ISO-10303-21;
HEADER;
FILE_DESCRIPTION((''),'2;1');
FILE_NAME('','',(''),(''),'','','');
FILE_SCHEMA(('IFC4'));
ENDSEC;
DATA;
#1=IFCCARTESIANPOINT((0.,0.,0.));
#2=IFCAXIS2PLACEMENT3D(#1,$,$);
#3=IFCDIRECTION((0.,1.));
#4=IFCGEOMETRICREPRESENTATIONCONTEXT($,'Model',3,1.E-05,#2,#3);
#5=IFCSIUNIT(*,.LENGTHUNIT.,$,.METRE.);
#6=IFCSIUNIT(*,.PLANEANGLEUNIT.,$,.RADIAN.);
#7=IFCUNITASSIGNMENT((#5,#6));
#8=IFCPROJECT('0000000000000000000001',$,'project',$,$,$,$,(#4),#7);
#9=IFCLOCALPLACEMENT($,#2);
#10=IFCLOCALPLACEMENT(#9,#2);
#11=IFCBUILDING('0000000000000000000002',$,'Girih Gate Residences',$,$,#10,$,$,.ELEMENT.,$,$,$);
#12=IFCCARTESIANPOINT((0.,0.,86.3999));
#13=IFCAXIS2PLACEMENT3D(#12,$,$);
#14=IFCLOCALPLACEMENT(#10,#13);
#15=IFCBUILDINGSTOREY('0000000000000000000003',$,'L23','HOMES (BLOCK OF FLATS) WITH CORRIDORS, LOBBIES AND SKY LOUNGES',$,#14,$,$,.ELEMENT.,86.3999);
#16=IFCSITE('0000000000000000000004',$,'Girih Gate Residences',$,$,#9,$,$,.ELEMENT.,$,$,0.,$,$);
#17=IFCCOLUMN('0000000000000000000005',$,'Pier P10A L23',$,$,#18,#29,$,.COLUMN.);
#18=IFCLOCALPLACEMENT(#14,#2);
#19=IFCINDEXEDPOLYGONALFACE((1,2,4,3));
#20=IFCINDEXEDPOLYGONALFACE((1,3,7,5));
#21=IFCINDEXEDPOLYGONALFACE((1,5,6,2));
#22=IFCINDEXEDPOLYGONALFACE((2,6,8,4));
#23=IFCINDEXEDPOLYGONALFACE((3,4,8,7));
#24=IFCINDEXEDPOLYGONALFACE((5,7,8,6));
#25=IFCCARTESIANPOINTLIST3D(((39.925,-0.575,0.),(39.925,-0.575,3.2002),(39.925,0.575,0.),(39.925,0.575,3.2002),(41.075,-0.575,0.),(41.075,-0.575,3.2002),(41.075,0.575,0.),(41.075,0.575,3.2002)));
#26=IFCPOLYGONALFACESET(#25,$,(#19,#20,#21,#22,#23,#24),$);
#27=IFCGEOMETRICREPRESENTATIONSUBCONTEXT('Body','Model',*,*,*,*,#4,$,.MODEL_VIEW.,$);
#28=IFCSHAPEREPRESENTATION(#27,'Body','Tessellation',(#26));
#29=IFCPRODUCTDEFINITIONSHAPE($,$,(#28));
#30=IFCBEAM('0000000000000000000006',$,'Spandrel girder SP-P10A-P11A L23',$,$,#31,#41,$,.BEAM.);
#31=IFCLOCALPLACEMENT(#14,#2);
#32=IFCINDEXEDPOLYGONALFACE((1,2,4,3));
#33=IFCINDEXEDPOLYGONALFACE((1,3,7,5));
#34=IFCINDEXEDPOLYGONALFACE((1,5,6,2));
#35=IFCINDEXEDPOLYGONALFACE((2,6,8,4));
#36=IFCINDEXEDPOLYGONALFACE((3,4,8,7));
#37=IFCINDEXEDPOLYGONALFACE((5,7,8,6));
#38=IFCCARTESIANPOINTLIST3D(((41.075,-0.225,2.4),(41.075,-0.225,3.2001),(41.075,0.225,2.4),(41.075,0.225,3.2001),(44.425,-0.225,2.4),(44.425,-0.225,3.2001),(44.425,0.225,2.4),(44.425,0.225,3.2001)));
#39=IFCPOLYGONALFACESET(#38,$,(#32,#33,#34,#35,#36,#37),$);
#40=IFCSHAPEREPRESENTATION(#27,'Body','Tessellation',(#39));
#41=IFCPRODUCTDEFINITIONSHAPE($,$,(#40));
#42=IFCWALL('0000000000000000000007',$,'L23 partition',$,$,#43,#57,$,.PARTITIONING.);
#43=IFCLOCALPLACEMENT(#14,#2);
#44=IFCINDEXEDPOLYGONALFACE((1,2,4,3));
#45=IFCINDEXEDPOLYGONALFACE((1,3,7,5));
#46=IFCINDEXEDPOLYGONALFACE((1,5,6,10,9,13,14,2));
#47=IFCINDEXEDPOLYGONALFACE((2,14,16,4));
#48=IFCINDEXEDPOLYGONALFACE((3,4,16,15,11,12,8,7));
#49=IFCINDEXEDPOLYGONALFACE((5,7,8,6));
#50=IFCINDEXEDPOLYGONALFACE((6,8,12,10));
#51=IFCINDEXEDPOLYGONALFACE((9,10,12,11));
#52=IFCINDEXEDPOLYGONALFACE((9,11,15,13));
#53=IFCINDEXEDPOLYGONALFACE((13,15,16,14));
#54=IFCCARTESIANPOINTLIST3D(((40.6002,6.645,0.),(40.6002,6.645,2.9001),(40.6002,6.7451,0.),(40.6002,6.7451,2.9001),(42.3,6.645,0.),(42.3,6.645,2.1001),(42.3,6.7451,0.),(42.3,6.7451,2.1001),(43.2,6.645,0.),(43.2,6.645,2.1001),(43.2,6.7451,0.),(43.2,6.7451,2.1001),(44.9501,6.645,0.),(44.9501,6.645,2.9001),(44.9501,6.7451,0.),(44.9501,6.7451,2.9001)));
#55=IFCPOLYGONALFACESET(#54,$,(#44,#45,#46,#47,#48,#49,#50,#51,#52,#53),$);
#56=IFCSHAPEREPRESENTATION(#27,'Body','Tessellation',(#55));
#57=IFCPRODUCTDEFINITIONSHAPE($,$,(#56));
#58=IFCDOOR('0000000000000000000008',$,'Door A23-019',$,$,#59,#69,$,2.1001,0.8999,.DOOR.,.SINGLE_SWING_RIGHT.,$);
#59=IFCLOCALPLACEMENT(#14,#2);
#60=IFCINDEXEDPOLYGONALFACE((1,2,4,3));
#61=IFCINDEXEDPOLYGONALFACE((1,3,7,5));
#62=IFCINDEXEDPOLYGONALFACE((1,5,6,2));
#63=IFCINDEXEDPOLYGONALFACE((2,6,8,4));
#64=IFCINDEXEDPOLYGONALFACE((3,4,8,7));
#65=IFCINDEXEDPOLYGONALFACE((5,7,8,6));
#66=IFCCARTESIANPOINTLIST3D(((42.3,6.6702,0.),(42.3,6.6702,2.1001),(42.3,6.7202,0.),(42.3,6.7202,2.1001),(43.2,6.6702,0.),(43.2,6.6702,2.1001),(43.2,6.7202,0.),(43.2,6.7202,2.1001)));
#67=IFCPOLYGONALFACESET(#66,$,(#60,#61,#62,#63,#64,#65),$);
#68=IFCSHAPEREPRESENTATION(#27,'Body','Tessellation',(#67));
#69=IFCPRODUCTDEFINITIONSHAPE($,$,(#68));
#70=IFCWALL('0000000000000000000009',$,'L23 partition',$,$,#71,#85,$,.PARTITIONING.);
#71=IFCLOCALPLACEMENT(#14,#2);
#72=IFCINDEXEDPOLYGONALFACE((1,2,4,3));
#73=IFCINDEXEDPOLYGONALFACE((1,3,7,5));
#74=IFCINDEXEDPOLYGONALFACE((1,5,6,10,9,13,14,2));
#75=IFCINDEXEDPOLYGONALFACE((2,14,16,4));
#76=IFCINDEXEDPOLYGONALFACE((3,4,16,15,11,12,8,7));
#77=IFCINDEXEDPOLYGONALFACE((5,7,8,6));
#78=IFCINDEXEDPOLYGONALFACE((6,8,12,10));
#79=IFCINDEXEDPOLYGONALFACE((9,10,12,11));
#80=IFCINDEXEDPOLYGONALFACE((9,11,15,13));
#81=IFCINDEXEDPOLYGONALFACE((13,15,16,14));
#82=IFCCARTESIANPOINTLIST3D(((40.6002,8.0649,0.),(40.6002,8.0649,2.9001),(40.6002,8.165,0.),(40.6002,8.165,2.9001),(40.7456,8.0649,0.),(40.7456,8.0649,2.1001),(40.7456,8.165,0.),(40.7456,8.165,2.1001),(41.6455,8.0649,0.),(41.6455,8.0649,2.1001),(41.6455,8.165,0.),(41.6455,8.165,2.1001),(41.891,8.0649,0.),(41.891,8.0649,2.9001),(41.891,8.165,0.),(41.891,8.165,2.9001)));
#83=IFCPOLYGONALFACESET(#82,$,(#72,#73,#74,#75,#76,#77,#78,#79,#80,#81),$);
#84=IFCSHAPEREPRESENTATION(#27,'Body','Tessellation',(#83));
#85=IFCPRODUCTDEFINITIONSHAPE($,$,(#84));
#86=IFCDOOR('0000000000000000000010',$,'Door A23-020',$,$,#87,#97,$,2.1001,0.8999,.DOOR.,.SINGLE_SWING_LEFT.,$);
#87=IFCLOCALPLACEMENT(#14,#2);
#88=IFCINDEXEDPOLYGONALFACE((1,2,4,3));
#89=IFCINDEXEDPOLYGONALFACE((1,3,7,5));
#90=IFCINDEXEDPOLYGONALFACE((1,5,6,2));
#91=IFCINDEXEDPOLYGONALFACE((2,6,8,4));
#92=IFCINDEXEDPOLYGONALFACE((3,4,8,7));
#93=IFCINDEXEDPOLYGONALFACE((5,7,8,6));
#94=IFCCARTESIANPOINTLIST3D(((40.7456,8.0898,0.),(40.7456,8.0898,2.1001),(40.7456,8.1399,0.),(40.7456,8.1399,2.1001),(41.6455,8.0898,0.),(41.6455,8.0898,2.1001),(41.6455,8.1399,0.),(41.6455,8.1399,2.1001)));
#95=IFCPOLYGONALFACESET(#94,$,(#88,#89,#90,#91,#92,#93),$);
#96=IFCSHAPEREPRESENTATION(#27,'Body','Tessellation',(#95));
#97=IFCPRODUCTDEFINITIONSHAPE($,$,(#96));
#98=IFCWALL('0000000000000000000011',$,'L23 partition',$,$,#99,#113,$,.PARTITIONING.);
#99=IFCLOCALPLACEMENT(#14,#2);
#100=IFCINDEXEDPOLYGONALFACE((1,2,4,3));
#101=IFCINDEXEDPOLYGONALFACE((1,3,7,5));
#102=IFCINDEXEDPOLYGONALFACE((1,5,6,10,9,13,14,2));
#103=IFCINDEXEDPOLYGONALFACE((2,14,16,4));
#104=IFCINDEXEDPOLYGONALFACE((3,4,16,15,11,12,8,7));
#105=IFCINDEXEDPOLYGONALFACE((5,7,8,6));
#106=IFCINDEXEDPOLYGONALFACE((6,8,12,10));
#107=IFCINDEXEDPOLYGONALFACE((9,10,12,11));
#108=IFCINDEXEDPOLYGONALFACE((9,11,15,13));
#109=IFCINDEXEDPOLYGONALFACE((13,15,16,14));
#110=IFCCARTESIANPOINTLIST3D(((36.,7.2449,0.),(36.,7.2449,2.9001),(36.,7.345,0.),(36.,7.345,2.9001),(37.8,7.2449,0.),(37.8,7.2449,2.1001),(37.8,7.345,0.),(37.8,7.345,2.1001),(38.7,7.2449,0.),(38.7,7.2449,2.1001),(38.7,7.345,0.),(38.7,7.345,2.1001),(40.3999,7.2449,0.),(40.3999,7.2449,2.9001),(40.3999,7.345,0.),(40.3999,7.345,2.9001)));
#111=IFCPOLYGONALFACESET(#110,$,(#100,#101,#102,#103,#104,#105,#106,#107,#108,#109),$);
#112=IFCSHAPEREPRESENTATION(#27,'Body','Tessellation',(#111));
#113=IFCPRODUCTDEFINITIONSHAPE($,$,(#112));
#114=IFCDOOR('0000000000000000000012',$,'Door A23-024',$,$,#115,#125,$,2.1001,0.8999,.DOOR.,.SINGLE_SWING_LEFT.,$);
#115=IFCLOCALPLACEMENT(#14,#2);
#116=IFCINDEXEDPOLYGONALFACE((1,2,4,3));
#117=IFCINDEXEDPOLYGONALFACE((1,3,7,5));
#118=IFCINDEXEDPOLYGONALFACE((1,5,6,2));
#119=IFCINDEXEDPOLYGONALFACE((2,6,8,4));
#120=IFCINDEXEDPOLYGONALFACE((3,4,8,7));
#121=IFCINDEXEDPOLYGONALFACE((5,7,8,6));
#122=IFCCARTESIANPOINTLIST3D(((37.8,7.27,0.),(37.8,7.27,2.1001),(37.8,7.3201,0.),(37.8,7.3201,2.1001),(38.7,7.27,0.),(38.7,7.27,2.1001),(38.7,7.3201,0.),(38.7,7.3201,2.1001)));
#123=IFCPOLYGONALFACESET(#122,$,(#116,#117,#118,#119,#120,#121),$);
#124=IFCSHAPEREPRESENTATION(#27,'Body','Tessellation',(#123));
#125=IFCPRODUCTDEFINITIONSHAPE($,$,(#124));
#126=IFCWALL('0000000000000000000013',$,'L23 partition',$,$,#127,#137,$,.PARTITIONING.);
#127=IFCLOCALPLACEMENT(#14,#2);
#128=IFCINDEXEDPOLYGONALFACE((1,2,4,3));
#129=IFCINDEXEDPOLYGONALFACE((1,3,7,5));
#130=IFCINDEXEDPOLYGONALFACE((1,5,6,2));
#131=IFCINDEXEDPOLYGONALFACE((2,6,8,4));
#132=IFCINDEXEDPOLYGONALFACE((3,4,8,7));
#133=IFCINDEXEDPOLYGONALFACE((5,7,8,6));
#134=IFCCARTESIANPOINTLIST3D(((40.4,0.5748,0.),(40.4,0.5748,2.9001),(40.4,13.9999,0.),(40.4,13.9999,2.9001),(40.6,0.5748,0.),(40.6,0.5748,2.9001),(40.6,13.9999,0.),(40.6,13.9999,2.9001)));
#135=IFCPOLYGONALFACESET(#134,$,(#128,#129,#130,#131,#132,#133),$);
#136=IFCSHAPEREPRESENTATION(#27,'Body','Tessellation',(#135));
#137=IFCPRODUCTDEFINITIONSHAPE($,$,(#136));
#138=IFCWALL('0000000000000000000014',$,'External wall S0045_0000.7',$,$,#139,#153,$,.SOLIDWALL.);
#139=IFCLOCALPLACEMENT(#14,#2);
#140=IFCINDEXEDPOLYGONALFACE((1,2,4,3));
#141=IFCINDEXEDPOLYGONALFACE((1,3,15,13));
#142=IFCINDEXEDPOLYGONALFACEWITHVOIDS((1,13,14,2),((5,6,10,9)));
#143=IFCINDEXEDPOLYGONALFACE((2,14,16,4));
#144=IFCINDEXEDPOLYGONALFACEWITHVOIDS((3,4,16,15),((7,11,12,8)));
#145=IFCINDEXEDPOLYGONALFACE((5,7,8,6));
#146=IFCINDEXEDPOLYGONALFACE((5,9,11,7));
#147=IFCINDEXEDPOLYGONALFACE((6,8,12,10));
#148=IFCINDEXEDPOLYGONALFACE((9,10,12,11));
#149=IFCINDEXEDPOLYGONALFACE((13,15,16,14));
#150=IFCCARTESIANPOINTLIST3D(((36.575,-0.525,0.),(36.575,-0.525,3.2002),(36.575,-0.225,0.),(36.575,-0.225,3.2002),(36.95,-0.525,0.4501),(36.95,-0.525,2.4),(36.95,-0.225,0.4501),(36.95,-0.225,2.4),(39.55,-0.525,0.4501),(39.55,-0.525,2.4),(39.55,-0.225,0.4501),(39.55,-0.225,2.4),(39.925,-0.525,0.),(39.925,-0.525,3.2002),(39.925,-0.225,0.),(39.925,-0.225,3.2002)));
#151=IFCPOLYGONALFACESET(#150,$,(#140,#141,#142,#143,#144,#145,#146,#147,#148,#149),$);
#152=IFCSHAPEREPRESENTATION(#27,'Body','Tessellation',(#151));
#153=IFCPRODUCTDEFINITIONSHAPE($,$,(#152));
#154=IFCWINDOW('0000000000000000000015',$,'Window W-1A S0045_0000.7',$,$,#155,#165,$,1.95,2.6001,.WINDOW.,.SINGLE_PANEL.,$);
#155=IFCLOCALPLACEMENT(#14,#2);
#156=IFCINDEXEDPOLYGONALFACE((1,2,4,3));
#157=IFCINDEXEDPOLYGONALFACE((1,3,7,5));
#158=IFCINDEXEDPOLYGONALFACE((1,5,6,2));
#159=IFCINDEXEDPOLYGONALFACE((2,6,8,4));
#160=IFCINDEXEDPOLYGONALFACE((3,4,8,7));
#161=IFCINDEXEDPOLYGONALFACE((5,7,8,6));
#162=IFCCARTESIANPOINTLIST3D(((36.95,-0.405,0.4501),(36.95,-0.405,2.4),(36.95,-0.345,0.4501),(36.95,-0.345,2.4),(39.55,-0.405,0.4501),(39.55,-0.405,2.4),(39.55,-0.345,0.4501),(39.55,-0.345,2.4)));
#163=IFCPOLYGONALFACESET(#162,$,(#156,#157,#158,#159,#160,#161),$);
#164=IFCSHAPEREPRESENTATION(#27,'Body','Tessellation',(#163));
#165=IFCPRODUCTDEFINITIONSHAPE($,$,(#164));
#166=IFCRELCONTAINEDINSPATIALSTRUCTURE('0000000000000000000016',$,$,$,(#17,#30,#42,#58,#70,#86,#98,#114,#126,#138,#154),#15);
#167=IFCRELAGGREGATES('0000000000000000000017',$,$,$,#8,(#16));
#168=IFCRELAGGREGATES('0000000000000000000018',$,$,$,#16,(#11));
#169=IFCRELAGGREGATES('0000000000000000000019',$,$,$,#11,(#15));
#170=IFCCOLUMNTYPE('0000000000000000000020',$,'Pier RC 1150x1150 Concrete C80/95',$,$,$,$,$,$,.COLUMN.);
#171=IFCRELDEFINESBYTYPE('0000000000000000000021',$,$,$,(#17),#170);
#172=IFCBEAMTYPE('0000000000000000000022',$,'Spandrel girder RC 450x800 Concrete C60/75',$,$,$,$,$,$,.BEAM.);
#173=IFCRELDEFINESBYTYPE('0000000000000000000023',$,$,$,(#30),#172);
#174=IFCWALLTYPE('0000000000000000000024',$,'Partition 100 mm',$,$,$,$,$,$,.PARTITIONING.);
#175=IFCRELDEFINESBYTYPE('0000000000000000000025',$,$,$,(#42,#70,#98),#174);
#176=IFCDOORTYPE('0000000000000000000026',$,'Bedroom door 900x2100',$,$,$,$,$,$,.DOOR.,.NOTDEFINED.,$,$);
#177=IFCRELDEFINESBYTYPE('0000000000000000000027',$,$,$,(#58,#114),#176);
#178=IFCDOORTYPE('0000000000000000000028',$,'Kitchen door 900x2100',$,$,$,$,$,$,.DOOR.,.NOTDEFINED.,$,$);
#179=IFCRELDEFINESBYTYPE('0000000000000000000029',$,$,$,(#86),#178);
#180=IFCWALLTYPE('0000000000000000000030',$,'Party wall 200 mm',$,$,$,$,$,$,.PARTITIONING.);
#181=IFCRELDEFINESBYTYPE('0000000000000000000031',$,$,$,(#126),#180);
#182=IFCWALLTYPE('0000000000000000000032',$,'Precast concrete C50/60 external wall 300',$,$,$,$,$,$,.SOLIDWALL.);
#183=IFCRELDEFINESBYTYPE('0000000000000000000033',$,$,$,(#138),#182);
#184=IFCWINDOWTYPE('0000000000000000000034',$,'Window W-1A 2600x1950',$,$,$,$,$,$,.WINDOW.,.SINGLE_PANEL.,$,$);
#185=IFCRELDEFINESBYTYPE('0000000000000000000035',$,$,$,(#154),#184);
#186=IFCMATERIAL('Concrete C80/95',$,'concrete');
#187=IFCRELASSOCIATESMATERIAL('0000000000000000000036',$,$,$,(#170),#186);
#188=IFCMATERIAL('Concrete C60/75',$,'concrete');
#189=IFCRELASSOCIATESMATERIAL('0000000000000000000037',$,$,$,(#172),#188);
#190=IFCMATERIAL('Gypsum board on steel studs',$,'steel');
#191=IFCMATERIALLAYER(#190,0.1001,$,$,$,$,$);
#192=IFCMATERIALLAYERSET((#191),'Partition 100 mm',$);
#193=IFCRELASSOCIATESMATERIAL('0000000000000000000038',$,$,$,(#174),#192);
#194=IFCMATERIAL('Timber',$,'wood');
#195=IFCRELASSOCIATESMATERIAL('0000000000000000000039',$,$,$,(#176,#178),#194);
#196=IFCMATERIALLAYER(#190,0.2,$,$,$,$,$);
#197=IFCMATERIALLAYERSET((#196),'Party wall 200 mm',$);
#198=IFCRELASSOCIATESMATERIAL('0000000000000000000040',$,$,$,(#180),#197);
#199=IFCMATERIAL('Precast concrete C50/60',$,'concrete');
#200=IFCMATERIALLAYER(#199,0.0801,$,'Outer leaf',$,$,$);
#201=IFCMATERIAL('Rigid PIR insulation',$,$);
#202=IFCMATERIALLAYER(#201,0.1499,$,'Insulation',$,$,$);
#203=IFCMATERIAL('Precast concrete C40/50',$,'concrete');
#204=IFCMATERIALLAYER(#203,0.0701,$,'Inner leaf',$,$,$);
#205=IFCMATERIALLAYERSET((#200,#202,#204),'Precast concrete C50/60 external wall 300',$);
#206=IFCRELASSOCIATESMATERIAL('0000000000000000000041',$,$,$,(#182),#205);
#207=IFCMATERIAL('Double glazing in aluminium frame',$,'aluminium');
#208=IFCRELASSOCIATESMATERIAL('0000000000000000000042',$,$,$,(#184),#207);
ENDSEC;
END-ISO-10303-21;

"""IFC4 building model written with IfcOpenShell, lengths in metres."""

from ifc_helpers import new_model, si_unit, direction, frame, frame_2d, origin, origin_2d, place, context, subcontext, project, spatial, rectangle, extrude, material, layer, layer_set, material_profile, profile_set, type_object, element, fill, save


model = new_model("IFC4")

# Units and contexts
model_context = context("Model", 3, precision=1e-05, world=origin(), true_north=direction((0.0, 1.0)))
body_context = subcontext(model_context, "Body", "Model", "MODEL_VIEW")
ifc_project = project(units=[si_unit("LENGTHUNIT", "METRE"), si_unit("PLANEANGLEUNIT", "RADIAN")], contexts=[model_context])

# Site, building, storey
site_placement = place(None, origin())
site = spatial("IfcSite", under=ifc_project, at=site_placement, Name="Girih Gate Residences", CompositionType="ELEMENT", RefElevation=0.0)
building_placement = place(site_placement, origin())
building = spatial("IfcBuilding", under=site, at=building_placement, Name="Girih Gate Residences", CompositionType="ELEMENT")
storey_placement = place(building_placement, frame((0.0, 0.0, 86.3999)))
storey = spatial("IfcBuildingStorey", under=building, at=storey_placement, Name="L23", Description="HOMES (BLOCK OF FLATS) WITH CORRIDORS, LOBBIES AND SKY LOUNGES", CompositionType="ELEMENT", Elevation=86.3999)

# Column
ifc_material_1 = material(Name="Concrete C80/95", Category="concrete")
ifc_material_profile_1 = material_profile(ifc_material_1, rectangle(XDim=1.1499, YDim=1.1499, at=origin_2d()))
ifc_profile_set_1 = profile_set([ifc_material_profile_1], Name="Concrete C80/95")
column_type = type_object("IfcColumnType", Name="Pier RC 1150x1150 Concrete C80/95", PredefinedType="COLUMN", material=ifc_profile_set_1)
column_placement = place(storey_placement, frame((40.5, 0.0, 0.0), z_axis=(0.0, 0.0, 1.0), x_axis=(1.0, 0.0, 0.0)))
element("IfcColumn", 1, at=column_placement, inside=storey, type_object=column_type, Name="Pier P10A L23", PredefinedType="COLUMN", context=body_context, shape_type="SweptSolid", body=[
    extrude(rectangle(XDim=1.1499, YDim=1.1499, at=origin_2d()), origin(), (0.0, 0.0, 1.0), 3.2002),
])

# Beam
ifc_material_2 = material(Name="Concrete C60/75", Category="concrete")
ifc_material_profile_2 = material_profile(ifc_material_2, rectangle(XDim=0.45, YDim=0.8, at=origin_2d()))
ifc_profile_set_2 = profile_set([ifc_material_profile_2], Name="Concrete C60/75")
beam_type = type_object("IfcBeamType", Name="Spandrel girder RC 450x800 Concrete C60/75", PredefinedType="BEAM", material=ifc_profile_set_2)
beam_placement = place(storey_placement, frame((41.075, 0.0, 2.8), z_axis=(1.0, 0.0, 0.0), x_axis=(0.0, 1.0, 0.0)))
element("IfcBeam", 2, at=beam_placement, inside=storey, type_object=beam_type, Name="Spandrel girder SP-P10A-P11A L23", PredefinedType="BEAM", context=body_context, shape_type="SweptSolid", body=[
    extrude(rectangle(XDim=0.45, YDim=0.8, at=origin_2d()), origin(), (0.0, 0.0, 1.0), 3.3501),
])

# Walls, openings, doors
ifc_material_3 = material(Name="Gypsum board on steel studs", Category="steel")
ifc_layer_1 = layer(ifc_material_3, 0.1001)
ifc_layer_set_1 = layer_set([ifc_layer_1], Name="Partition 100 mm")
wall_type_1 = type_object("IfcWallType", Name="Partition 100 mm", PredefinedType="PARTITIONING", material=ifc_layer_set_1)
wall_1_placement = place(storey_placement, frame((44.95, 6.6951, 0.0), z_axis=(0.0, 0.0, 1.0), x_axis=(-1.0, 0.0, 0.0)))
wall_1 = element("IfcWall", 3, at=wall_1_placement, inside=storey, type_object=wall_type_1, Name="L23 partition", PredefinedType="PARTITIONING", context=body_context, shape_type="SweptSolid", body=[
    extrude(rectangle(XDim=4.3499, YDim=0.1001, at=frame_2d((2.1748, 0.0))), origin(), (0.0, 0.0, 1.0), 2.9001),
])
opening_1_placement = place(wall_1_placement, frame((1.75, 0.0, 0.0)))
opening_1 = element("IfcOpeningElement", 4, at=opening_1_placement, cuts=wall_1, PredefinedType="OPENING", context=body_context, shape_type="SweptSolid", body=[
    extrude(rectangle(XDim=0.8999, YDim=2.1001, at=frame_2d((0.45, 1.05))), frame((0.0, 0.0601, 0.0), z_axis=(0.0, -1.0, 0.0), x_axis=(1.0, 0.0, 0.0)), (0.0, 0.0, 1.0), 0.1201),
])
ifc_material_4 = material(Name="Timber", Category="wood")
door_type_1 = type_object("IfcDoorType", Name="Bedroom door 900x2100", OperationType="NOTDEFINED", PredefinedType="DOOR", material=ifc_material_4)
door_1_placement = place(opening_1_placement, origin())
door_1 = element("IfcDoor", 5, at=door_1_placement, inside=storey, type_object=door_type_1, Name="Door A23-019", OperationType="SINGLE_SWING_RIGHT", OverallHeight=2.1001, OverallWidth=0.8999, PredefinedType="DOOR", context=body_context, shape_type="SweptSolid", body=[
    extrude(rectangle(XDim=0.8999, YDim=2.1001, at=frame_2d((0.45, 1.05))), frame((0.0, 0.0249, 0.0), z_axis=(0.0, -1.0, 0.0), x_axis=(1.0, 0.0, 0.0)), (0.0, 0.0, 1.0), 0.05),
])
fill(opening_1, door_1)
wall_2_placement = place(storey_placement, frame((40.6001, 8.115, 0.0), z_axis=(0.0, 0.0, 1.0), x_axis=(1.0, 0.0, 0.0)))
wall_2 = element("IfcWall", 6, at=wall_2_placement, inside=storey, type_object=wall_type_1, Name="L23 partition", PredefinedType="PARTITIONING", context=body_context, shape_type="SweptSolid", body=[
    extrude(rectangle(XDim=1.2908, YDim=0.1001, at=frame_2d((0.6455, 0.0))), origin(), (0.0, 0.0, 1.0), 2.9001),
])
opening_2_placement = place(wall_2_placement, frame((0.1455, 0.0, 0.0)))
opening_2 = element("IfcOpeningElement", 7, at=opening_2_placement, cuts=wall_2, PredefinedType="OPENING", context=body_context, shape_type="SweptSolid", body=[
    extrude(rectangle(XDim=0.8999, YDim=2.1001, at=frame_2d((0.45, 1.05))), frame((0.0, 0.0601, 0.0), z_axis=(0.0, -1.0, 0.0), x_axis=(1.0, 0.0, 0.0)), (0.0, 0.0, 1.0), 0.1201),
])
door_type_2 = type_object("IfcDoorType", Name="Kitchen door 900x2100", OperationType="NOTDEFINED", PredefinedType="DOOR", material=ifc_material_4)
door_2_placement = place(opening_2_placement, origin())
door_2 = element("IfcDoor", 8, at=door_2_placement, inside=storey, type_object=door_type_2, Name="Door A23-020", OperationType="SINGLE_SWING_LEFT", OverallHeight=2.1001, OverallWidth=0.8999, PredefinedType="DOOR", context=body_context, shape_type="SweptSolid", body=[
    extrude(rectangle(XDim=0.8999, YDim=2.1001, at=frame_2d((0.45, 1.05))), frame((0.0, 0.0249, 0.0), z_axis=(0.0, -1.0, 0.0), x_axis=(1.0, 0.0, 0.0)), (0.0, 0.0, 1.0), 0.05),
])
fill(opening_2, door_2)
wall_3_placement = place(storey_placement, frame((40.3999, 7.2949, 0.0), z_axis=(0.0, 0.0, 1.0), x_axis=(-1.0, 0.0, 0.0)))
wall_3 = element("IfcWall", 9, at=wall_3_placement, inside=storey, type_object=wall_type_1, Name="L23 partition", PredefinedType="PARTITIONING", context=body_context, shape_type="SweptSolid", body=[
    extrude(rectangle(XDim=4.3999, YDim=0.1001, at=frame_2d((2.2, 0.0))), origin(), (0.0, 0.0, 1.0), 2.9001),
])
opening_3_placement = place(wall_3_placement, frame((1.7, 0.0, 0.0)))
opening_3 = element("IfcOpeningElement", 10, at=opening_3_placement, cuts=wall_3, PredefinedType="OPENING", context=body_context, shape_type="SweptSolid", body=[
    extrude(rectangle(XDim=0.8999, YDim=2.1001, at=frame_2d((0.45, 1.05))), frame((0.0, 0.0601, 0.0), z_axis=(0.0, -1.0, 0.0), x_axis=(1.0, 0.0, 0.0)), (0.0, 0.0, 1.0), 0.1201),
])
door_3_placement = place(opening_3_placement, origin())
door_3 = element("IfcDoor", 11, at=door_3_placement, inside=storey, type_object=door_type_1, Name="Door A23-024", OperationType="SINGLE_SWING_LEFT", OverallHeight=2.1001, OverallWidth=0.8999, PredefinedType="DOOR", context=body_context, shape_type="SweptSolid", body=[
    extrude(rectangle(XDim=0.8999, YDim=2.1001, at=frame_2d((0.45, 1.05))), frame((0.0, 0.0249, 0.0), z_axis=(0.0, -1.0, 0.0), x_axis=(1.0, 0.0, 0.0)), (0.0, 0.0, 1.0), 0.05),
])
fill(opening_3, door_3)

# Wall
ifc_layer_2 = layer(ifc_material_3, 0.2)
ifc_layer_set_2 = layer_set([ifc_layer_2], Name="Party wall 200 mm")
wall_type_2 = type_object("IfcWallType", Name="Party wall 200 mm", PredefinedType="PARTITIONING", material=ifc_layer_set_2)
wall_4_placement = place(storey_placement, frame((40.5, 0.575, 0.0), z_axis=(0.0, 0.0, 1.0), x_axis=(0.0, 1.0, 0.0)))
element("IfcWall", 12, at=wall_4_placement, inside=storey, type_object=wall_type_2, Name="L23 partition", PredefinedType="PARTITIONING", context=body_context, shape_type="SweptSolid", body=[
    extrude(rectangle(XDim=13.425, YDim=0.2, at=frame_2d((6.7124, 0.0))), origin(), (0.0, 0.0, 1.0), 2.9001),
])

# Wall, opening, window
ifc_material_5 = material(Name="Precast concrete C50/60", Category="concrete")
ifc_layer_3 = layer(ifc_material_5, 0.0801, Name="Outer leaf")
ifc_material_6 = material(Name="Rigid PIR insulation")
ifc_layer_4 = layer(ifc_material_6, 0.1499, Name="Insulation")
ifc_material_7 = material(Name="Precast concrete C40/50", Category="concrete")
ifc_layer_5 = layer(ifc_material_7, 0.0701, Name="Inner leaf")
ifc_layer_set_3 = layer_set([ifc_layer_3, ifc_layer_4, ifc_layer_5], Name="Precast concrete C50/60 external wall 300")
wall_type_3 = type_object("IfcWallType", Name="Precast concrete C50/60 external wall 300", PredefinedType="SOLIDWALL", material=ifc_layer_set_3)
wall_5_placement = place(storey_placement, frame((39.925, -0.375, 0.0), z_axis=(0.0, 0.0, 1.0), x_axis=(-1.0, 0.0, 0.0)))
wall_5 = element("IfcWall", 13, at=wall_5_placement, inside=storey, type_object=wall_type_3, Name="External wall S0045_0000.7", PredefinedType="SOLIDWALL", context=body_context, shape_type="SweptSolid", body=[
    extrude(rectangle(XDim=3.3501, YDim=0.3, at=frame_2d((1.675, 0.0))), origin(), (0.0, 0.0, 1.0), 3.2002),
])
opening_4_placement = place(wall_5_placement, frame((0.375, 0.0, 0.45)))
opening_4 = element("IfcOpeningElement", 14, at=opening_4_placement, cuts=wall_5, PredefinedType="OPENING", context=body_context, shape_type="SweptSolid", body=[
    extrude(rectangle(XDim=2.6001, YDim=1.95, at=frame_2d((1.3, 0.9751))), frame((0.0, 0.1599, 0.0), z_axis=(0.0, -1.0, 0.0), x_axis=(1.0, 0.0, 0.0)), (0.0, 0.0, 1.0), 0.3201),
])
ifc_material_8 = material(Name="Double glazing in aluminium frame", Category="aluminium")
window_type = type_object("IfcWindowType", Name="Window W-1A 2600x1950", PartitioningType="SINGLE_PANEL", PredefinedType="WINDOW", material=ifc_material_8)
window_1_placement = place(opening_4_placement, origin())
window_1 = element("IfcWindow", 15, at=window_1_placement, inside=storey, type_object=window_type, Name="Window W-1A S0045_0000.7", OverallHeight=1.95, OverallWidth=2.6001, PartitioningType="SINGLE_PANEL", PredefinedType="WINDOW", context=body_context, shape_type="SweptSolid", body=[
    extrude(rectangle(XDim=2.6001, YDim=1.95, at=frame_2d((1.3, 0.9751))), frame((0.0, 0.03, 0.0), z_axis=(0.0, -1.0, 0.0), x_axis=(1.0, 0.0, 0.0)), (0.0, 0.0, 1.0), 0.0601),
])
fill(opening_4, window_1)

save(model, "model.ifc")
